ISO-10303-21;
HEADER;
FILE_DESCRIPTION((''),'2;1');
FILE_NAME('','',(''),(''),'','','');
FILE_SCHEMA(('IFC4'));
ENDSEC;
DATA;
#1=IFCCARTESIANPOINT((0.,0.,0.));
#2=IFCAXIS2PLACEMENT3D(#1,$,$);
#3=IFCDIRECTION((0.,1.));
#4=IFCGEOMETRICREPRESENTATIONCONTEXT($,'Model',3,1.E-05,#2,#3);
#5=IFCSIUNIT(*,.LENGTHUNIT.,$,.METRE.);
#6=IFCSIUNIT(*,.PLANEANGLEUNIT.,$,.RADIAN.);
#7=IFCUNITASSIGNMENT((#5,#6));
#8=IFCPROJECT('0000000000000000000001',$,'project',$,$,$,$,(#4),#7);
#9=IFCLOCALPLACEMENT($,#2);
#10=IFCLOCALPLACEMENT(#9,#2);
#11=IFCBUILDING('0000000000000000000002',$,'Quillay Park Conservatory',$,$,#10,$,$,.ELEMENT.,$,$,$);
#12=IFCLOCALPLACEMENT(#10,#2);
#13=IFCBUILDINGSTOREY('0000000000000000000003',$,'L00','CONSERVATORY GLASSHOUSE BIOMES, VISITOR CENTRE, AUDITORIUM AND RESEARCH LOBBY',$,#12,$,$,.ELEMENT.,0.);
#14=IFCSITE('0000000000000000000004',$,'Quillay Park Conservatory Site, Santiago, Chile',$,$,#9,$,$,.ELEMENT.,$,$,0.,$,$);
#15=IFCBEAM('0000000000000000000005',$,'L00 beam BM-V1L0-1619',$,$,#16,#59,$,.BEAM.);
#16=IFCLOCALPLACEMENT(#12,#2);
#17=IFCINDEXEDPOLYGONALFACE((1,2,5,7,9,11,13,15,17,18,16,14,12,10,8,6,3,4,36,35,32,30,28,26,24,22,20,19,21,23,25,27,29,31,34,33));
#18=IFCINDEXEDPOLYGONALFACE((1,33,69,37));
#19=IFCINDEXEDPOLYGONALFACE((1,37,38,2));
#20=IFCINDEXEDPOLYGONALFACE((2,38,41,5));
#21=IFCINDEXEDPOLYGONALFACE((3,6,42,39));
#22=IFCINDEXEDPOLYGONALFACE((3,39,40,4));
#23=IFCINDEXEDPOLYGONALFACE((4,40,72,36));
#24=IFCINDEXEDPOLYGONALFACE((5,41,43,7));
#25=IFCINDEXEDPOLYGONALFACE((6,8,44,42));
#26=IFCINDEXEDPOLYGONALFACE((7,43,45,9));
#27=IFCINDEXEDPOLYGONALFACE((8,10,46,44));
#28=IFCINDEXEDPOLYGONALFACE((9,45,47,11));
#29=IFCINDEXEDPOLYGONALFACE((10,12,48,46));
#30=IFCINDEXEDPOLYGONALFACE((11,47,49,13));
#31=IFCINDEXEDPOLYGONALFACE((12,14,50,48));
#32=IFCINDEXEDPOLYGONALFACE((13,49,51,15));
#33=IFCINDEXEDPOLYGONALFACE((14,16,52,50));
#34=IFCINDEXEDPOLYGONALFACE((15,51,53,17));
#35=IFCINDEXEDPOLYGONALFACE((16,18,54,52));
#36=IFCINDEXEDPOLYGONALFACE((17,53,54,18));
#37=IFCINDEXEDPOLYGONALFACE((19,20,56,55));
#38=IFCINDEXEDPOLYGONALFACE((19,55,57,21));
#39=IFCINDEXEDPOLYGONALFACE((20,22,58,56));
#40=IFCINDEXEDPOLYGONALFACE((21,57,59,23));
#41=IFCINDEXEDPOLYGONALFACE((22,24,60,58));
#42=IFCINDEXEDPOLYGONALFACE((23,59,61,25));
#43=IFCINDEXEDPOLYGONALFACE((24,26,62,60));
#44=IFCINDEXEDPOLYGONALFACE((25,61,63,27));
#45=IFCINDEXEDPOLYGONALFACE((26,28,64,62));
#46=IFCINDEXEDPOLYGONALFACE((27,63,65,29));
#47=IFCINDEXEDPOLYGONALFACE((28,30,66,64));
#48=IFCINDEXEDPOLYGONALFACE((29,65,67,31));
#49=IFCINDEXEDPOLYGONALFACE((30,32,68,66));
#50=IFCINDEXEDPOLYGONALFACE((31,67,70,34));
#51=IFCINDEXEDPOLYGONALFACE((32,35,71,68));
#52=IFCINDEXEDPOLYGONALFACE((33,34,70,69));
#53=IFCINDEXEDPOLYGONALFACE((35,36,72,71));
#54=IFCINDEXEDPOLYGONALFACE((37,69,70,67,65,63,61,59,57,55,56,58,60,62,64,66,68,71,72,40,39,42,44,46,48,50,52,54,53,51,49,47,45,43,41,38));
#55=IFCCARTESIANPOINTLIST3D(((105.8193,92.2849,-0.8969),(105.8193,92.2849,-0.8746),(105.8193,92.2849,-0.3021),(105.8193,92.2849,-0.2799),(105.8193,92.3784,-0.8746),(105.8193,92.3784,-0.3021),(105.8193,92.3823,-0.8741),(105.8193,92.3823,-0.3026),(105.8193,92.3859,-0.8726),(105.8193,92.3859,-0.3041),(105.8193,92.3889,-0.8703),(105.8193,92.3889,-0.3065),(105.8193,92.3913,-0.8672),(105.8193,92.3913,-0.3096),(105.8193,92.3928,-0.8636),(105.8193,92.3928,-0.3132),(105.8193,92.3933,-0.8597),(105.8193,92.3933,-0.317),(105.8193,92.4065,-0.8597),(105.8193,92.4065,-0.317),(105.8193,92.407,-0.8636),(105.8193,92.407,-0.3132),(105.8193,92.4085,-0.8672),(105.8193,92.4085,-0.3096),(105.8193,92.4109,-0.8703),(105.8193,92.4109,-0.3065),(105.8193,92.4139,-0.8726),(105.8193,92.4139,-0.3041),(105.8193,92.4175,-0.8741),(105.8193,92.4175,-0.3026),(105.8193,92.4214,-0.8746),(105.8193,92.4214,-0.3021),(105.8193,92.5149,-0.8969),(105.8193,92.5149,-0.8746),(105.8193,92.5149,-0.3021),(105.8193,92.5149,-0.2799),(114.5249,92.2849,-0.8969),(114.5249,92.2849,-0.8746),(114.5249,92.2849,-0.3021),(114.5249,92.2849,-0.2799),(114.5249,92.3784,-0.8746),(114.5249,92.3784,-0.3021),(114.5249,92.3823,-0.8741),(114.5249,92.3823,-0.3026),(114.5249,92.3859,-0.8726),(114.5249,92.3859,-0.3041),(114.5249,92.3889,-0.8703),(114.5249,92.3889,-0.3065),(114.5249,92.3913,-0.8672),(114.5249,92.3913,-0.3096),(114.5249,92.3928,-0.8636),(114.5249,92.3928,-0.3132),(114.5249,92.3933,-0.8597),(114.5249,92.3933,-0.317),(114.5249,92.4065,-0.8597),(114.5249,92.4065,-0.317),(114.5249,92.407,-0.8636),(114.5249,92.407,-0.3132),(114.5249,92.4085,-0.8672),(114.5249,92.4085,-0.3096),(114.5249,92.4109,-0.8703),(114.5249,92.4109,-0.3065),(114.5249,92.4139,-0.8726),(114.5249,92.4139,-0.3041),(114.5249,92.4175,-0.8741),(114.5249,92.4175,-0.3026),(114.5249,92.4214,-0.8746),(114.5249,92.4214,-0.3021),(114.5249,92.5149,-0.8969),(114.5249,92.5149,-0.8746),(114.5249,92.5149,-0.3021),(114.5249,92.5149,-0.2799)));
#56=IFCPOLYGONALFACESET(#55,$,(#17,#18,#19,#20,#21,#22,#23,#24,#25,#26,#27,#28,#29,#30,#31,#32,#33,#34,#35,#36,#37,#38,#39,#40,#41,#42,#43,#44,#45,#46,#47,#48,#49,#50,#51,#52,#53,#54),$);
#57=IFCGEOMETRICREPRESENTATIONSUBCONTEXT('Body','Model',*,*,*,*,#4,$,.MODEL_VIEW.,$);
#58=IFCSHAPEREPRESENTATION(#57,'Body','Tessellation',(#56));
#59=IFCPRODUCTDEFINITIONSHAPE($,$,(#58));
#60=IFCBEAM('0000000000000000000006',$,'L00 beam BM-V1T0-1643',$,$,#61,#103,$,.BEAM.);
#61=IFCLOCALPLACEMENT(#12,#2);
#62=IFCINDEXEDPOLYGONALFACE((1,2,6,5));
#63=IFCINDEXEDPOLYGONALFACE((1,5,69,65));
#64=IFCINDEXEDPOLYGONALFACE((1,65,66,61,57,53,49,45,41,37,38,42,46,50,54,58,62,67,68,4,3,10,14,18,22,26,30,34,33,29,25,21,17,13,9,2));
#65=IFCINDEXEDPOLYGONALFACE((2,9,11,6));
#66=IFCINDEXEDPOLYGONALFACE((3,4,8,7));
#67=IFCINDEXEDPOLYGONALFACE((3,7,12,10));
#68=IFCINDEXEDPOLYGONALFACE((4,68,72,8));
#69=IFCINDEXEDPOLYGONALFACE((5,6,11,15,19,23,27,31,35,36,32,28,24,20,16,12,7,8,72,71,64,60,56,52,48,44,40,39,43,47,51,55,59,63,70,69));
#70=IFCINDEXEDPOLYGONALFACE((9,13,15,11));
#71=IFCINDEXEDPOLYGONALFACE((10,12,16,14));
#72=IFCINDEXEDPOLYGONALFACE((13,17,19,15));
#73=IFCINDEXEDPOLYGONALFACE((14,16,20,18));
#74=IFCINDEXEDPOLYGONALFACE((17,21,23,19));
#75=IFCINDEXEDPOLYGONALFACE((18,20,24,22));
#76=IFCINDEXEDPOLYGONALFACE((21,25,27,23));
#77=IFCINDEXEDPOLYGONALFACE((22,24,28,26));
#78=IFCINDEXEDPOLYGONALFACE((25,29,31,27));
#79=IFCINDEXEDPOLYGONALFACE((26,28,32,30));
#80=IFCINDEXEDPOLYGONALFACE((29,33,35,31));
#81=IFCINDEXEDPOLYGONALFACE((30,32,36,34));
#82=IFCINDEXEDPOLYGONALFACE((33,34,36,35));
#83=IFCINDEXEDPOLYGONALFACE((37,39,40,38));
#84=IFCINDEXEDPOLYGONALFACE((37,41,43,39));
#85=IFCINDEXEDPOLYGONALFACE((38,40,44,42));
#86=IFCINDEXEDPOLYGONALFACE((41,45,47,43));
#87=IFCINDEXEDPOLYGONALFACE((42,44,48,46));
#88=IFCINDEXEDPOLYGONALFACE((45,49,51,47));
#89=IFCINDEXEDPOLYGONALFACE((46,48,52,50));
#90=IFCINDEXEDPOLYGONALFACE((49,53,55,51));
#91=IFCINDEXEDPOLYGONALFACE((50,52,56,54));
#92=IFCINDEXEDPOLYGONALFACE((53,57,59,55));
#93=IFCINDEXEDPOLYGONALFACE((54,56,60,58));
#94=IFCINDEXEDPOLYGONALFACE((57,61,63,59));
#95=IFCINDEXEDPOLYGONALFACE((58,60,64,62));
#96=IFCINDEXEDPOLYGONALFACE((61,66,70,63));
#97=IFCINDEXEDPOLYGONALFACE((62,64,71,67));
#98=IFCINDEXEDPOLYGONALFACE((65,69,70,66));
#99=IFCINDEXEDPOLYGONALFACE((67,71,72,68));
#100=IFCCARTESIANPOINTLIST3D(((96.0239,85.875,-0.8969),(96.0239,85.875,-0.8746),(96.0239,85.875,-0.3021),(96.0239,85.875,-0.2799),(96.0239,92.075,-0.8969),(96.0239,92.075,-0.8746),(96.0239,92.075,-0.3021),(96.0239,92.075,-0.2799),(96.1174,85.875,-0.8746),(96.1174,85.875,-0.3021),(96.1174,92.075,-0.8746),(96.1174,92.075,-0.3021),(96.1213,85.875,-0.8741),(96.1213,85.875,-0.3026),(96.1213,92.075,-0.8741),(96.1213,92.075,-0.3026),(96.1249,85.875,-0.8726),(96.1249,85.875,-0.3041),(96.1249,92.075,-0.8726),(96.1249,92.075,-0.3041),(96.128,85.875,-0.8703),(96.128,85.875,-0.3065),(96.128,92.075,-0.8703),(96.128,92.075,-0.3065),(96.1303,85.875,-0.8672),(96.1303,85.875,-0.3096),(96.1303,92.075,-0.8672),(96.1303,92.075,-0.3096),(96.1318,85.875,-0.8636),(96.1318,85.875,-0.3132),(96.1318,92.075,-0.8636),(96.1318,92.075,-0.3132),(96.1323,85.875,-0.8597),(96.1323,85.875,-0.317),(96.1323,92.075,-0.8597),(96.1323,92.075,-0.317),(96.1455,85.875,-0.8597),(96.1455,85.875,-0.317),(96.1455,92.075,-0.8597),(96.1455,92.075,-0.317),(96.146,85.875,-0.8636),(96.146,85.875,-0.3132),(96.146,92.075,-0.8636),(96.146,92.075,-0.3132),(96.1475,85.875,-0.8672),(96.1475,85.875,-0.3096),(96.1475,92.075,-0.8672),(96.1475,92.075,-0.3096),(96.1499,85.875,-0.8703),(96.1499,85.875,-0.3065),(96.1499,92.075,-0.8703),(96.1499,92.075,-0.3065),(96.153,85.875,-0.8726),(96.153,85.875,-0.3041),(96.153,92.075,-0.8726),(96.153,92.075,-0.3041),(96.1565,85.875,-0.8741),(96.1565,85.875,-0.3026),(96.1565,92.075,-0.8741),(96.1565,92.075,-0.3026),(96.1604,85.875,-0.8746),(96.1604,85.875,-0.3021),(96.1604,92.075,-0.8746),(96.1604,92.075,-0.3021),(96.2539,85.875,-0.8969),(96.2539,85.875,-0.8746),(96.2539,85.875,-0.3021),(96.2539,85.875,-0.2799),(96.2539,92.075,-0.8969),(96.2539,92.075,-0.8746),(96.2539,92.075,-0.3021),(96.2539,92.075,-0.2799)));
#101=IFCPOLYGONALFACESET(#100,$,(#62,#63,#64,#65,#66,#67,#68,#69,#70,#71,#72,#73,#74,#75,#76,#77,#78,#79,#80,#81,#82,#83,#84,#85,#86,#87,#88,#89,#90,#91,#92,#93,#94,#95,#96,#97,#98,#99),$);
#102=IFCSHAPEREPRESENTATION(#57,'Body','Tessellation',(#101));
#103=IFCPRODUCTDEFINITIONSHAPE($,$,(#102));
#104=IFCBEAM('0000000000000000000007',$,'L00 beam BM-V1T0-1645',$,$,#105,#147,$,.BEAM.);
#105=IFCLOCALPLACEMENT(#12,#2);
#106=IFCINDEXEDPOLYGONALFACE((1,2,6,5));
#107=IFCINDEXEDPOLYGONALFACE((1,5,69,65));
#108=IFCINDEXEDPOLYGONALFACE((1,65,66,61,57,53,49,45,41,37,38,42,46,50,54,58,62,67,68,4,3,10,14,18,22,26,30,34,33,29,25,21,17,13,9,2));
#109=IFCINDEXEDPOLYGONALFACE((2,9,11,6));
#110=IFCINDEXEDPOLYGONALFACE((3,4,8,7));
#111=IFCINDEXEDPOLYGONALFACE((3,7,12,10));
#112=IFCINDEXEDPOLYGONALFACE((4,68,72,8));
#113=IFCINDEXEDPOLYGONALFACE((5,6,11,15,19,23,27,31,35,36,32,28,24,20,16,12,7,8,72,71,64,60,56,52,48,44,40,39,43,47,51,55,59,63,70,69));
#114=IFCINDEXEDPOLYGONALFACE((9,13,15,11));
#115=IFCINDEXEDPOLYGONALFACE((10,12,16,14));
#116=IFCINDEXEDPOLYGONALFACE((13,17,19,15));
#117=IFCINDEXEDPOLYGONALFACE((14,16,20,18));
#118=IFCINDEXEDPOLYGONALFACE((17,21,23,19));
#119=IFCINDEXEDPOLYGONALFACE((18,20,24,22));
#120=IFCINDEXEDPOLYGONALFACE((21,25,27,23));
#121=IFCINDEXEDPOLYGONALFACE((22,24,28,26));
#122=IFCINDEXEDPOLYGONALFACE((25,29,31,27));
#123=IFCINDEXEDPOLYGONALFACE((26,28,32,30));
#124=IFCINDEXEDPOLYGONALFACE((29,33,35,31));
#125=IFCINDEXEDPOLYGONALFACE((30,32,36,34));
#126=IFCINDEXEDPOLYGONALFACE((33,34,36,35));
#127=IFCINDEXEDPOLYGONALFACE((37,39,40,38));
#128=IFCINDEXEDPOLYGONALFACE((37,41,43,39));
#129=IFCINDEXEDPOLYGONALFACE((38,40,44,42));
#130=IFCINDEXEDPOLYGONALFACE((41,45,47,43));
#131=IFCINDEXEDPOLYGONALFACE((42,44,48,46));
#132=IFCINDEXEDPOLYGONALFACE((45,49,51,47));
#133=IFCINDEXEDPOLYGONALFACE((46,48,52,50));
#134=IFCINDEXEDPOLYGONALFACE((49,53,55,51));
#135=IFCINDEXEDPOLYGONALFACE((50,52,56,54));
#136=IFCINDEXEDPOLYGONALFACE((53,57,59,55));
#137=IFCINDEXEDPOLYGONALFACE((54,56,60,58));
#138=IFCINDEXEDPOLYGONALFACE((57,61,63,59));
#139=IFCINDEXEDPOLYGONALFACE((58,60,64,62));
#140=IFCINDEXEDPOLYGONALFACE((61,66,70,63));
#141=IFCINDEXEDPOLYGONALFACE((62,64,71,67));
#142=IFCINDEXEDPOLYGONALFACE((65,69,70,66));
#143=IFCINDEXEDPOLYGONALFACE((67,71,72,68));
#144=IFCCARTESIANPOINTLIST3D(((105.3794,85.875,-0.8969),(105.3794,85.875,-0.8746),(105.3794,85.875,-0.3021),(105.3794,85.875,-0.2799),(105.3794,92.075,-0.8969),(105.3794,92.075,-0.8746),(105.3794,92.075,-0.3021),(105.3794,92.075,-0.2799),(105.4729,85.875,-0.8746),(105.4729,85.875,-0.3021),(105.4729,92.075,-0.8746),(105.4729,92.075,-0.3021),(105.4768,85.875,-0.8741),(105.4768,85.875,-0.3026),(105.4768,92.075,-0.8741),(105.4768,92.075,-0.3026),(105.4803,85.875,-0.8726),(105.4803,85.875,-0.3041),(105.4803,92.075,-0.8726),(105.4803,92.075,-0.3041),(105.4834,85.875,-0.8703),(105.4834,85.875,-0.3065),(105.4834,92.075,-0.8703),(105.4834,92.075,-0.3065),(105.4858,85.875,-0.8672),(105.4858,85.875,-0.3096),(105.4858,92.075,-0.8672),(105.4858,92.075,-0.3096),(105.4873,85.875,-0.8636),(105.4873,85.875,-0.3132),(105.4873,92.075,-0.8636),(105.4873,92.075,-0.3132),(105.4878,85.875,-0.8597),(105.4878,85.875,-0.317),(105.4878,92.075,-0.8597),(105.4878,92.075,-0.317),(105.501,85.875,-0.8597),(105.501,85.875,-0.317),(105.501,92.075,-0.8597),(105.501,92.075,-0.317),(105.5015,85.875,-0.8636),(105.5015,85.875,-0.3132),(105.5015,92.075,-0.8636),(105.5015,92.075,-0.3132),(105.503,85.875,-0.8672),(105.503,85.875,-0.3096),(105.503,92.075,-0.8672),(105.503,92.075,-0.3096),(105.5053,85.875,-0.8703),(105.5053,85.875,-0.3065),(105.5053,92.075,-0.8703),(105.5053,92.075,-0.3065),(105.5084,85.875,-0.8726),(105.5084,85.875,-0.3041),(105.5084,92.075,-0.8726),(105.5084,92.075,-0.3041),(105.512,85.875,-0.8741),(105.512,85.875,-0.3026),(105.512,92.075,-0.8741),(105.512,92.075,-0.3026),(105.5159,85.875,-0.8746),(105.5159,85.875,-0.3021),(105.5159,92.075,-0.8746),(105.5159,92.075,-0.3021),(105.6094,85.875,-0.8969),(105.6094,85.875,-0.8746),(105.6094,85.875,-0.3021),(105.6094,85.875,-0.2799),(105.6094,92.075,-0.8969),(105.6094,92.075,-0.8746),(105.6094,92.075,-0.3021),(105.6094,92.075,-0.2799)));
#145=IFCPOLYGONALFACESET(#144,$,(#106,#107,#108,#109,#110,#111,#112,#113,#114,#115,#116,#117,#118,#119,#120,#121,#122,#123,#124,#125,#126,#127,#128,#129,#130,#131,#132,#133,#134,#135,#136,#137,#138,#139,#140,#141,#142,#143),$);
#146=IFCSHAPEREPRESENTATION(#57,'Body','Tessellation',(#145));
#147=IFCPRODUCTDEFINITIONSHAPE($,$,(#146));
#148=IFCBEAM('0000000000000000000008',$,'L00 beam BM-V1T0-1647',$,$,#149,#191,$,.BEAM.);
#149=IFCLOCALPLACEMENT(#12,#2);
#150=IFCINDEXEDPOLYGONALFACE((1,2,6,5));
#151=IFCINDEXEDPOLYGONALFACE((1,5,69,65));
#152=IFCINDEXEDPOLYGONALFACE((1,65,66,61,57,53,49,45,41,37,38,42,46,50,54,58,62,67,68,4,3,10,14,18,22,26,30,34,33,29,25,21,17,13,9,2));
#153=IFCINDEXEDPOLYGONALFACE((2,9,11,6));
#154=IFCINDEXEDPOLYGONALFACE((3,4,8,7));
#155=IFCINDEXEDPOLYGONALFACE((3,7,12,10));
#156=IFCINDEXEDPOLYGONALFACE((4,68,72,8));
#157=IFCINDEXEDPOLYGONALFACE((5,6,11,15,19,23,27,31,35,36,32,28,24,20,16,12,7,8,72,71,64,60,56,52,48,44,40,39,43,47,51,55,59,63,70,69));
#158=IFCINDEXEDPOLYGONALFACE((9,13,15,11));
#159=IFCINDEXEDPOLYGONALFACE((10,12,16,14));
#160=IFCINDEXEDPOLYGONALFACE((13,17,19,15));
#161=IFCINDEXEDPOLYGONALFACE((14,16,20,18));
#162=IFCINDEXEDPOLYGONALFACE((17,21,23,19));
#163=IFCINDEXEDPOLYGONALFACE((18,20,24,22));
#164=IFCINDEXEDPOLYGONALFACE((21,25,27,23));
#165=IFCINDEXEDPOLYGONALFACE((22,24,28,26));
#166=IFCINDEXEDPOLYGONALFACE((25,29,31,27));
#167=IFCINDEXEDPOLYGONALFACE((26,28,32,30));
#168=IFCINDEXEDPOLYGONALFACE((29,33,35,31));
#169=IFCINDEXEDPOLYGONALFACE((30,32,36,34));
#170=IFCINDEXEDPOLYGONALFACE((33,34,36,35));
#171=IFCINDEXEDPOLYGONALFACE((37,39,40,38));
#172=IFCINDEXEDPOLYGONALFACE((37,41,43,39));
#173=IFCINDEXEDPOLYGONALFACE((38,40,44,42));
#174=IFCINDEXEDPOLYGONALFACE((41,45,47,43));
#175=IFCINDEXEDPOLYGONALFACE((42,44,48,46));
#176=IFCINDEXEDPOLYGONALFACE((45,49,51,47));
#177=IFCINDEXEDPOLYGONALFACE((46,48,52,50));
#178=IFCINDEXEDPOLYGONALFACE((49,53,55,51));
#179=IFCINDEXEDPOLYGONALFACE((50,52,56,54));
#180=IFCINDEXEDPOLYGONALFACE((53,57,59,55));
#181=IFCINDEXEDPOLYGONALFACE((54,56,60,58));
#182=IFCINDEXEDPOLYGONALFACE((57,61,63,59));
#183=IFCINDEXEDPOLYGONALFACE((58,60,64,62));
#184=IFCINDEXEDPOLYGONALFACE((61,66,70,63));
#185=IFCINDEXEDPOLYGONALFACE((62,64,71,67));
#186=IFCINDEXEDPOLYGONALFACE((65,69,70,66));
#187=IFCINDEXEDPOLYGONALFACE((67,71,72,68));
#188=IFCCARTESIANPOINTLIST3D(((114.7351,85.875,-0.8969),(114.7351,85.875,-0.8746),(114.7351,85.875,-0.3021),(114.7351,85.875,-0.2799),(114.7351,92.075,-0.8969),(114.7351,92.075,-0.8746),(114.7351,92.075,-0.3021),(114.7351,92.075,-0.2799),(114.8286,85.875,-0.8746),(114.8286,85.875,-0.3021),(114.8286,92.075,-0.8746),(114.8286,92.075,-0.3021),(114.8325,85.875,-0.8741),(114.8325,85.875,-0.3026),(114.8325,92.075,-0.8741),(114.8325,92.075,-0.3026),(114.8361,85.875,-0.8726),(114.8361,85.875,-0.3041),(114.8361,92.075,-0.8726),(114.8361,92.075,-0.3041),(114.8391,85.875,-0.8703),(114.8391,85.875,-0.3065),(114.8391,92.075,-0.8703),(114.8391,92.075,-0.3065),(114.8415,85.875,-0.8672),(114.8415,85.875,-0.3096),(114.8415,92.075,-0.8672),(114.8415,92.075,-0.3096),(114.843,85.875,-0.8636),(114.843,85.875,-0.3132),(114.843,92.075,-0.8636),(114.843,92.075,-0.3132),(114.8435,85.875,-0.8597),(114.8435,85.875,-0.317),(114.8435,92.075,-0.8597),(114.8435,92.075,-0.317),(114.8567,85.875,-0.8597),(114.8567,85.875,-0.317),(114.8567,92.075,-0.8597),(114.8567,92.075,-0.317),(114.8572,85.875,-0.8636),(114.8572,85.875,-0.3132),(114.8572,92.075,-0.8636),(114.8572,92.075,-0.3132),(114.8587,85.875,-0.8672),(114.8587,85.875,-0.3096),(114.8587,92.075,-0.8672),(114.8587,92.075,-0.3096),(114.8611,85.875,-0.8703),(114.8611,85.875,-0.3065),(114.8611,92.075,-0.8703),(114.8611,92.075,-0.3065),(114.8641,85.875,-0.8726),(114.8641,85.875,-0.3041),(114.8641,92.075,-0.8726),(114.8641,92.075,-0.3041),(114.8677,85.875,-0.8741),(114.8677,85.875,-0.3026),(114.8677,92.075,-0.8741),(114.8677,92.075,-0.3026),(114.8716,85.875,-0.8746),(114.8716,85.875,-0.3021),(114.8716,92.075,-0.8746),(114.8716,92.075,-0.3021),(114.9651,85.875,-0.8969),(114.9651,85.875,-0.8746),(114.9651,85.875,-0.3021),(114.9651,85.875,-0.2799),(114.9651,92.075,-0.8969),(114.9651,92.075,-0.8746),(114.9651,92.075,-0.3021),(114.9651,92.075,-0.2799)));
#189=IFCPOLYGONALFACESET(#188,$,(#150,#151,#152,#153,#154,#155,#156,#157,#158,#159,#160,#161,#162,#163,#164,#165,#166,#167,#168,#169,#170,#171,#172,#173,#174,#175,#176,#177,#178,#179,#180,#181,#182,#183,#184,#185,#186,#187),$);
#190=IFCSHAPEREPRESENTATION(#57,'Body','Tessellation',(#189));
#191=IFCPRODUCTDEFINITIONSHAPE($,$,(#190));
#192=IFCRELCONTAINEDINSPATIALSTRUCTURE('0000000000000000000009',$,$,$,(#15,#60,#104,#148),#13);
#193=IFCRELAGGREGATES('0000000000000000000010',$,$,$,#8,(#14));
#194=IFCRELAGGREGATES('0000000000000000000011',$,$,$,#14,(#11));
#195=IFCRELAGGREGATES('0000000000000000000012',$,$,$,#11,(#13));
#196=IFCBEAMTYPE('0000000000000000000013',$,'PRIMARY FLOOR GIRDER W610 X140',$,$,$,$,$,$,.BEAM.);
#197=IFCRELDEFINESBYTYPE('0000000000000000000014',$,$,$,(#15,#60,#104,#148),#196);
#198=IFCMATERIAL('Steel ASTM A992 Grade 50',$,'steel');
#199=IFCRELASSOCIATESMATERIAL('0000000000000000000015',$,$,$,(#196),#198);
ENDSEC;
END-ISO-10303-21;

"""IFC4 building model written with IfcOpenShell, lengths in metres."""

from ifc_helpers import new_model, si_unit, direction, frame, origin, origin_2d, place, context, subcontext, project, spatial, i_section, extrude, material, material_profile, profile_set, type_object, element, save


model = new_model("IFC4")

# Units and contexts
model_context = context("Model", 3, precision=1e-05, world=origin(), true_north=direction((0.0, 1.0)))
body_context = subcontext(model_context, "Body", "Model", "MODEL_VIEW")
ifc_project = project(units=[si_unit("LENGTHUNIT", "METRE"), si_unit("PLANEANGLEUNIT", "RADIAN")], contexts=[model_context])

# Site, building, storey
site_placement = place(None, origin())
site = spatial("IfcSite", under=ifc_project, at=site_placement, Name="Quillay Park Conservatory Site, Santiago, Chile", CompositionType="ELEMENT", RefElevation=0.0)
building_placement = place(site_placement, origin())
building = spatial("IfcBuilding", under=site, at=building_placement, Name="Quillay Park Conservatory", CompositionType="ELEMENT")
storey_placement = place(building_placement, origin())
storey = spatial("IfcBuildingStorey", under=building, at=storey_placement, Name="L00", Description="CONSERVATORY GLASSHOUSE BIOMES, VISITOR CENTRE, AUDITORIUM AND RESEARCH LOBBY", CompositionType="ELEMENT", Elevation=0.0)

# Beams
ifc_material_1 = material(Name="Steel ASTM A992 Grade 50", Category="steel")
ifc_material_profile_1 = material_profile(ifc_material_1, i_section(OverallWidth=0.23, OverallDepth=0.6169, WebThickness=0.0132, FlangeThickness=0.0222, FilletRadius=0.0149, at=origin_2d()), Name="W610x140")
ifc_profile_set_1 = profile_set([ifc_material_profile_1], Name="Steel ASTM A992 Grade 50")
beam_type_1 = type_object("IfcBeamType", Name="PRIMARY FLOOR GIRDER W610 X140", PredefinedType="BEAM", material=ifc_profile_set_1)
for number, where, z_axis, x_axis, name in (
    (1, (105.8193, 92.3999, -0.5884), (1.0, 0.0, 0.0), (0.0, 1.0, 0.0), "L00 beam BM-V1L0-1619"),
):
    element("IfcBeam", number, at=place(storey_placement, frame(where, z_axis=z_axis, x_axis=x_axis)), inside=storey, type_object=beam_type_1, Name=name, PredefinedType="BEAM", context=body_context, shape_type="SweptSolid", body=[
        extrude(i_section(OverallWidth=0.23, OverallDepth=0.6169, WebThickness=0.0132, FlangeThickness=0.0222, FilletRadius=0.0149, at=origin_2d()), origin(), (0.0, 0.0, 1.0), 8.7056),
    ])
for number, where, z_axis, x_axis, name in (
    (2, (96.1389, 85.875, -0.5884), (0.0, 1.0, 0.0), (-1.0, 0.0, 0.0), "L00 beam BM-V1T0-1643"),
    (3, (105.4944, 85.875, -0.5884), (0.0, 1.0, 0.0), (-1.0, 0.0, 0.0), "L00 beam BM-V1T0-1645"),
    (4, (114.8501, 85.875, -0.5884), (0.0, 1.0, 0.0), (-1.0, 0.0, 0.0), "L00 beam BM-V1T0-1647"),
):
    element("IfcBeam", number, at=place(storey_placement, frame(where, z_axis=z_axis, x_axis=x_axis)), inside=storey, type_object=beam_type_1, Name=name, PredefinedType="BEAM", context=body_context, shape_type="SweptSolid", body=[
        extrude(i_section(OverallWidth=0.23, OverallDepth=0.6169, WebThickness=0.0132, FlangeThickness=0.0222, FilletRadius=0.0149, at=origin_2d()), origin(), (0.0, 0.0, 1.0), 6.2),
    ])

save(model, "model.ifc")
